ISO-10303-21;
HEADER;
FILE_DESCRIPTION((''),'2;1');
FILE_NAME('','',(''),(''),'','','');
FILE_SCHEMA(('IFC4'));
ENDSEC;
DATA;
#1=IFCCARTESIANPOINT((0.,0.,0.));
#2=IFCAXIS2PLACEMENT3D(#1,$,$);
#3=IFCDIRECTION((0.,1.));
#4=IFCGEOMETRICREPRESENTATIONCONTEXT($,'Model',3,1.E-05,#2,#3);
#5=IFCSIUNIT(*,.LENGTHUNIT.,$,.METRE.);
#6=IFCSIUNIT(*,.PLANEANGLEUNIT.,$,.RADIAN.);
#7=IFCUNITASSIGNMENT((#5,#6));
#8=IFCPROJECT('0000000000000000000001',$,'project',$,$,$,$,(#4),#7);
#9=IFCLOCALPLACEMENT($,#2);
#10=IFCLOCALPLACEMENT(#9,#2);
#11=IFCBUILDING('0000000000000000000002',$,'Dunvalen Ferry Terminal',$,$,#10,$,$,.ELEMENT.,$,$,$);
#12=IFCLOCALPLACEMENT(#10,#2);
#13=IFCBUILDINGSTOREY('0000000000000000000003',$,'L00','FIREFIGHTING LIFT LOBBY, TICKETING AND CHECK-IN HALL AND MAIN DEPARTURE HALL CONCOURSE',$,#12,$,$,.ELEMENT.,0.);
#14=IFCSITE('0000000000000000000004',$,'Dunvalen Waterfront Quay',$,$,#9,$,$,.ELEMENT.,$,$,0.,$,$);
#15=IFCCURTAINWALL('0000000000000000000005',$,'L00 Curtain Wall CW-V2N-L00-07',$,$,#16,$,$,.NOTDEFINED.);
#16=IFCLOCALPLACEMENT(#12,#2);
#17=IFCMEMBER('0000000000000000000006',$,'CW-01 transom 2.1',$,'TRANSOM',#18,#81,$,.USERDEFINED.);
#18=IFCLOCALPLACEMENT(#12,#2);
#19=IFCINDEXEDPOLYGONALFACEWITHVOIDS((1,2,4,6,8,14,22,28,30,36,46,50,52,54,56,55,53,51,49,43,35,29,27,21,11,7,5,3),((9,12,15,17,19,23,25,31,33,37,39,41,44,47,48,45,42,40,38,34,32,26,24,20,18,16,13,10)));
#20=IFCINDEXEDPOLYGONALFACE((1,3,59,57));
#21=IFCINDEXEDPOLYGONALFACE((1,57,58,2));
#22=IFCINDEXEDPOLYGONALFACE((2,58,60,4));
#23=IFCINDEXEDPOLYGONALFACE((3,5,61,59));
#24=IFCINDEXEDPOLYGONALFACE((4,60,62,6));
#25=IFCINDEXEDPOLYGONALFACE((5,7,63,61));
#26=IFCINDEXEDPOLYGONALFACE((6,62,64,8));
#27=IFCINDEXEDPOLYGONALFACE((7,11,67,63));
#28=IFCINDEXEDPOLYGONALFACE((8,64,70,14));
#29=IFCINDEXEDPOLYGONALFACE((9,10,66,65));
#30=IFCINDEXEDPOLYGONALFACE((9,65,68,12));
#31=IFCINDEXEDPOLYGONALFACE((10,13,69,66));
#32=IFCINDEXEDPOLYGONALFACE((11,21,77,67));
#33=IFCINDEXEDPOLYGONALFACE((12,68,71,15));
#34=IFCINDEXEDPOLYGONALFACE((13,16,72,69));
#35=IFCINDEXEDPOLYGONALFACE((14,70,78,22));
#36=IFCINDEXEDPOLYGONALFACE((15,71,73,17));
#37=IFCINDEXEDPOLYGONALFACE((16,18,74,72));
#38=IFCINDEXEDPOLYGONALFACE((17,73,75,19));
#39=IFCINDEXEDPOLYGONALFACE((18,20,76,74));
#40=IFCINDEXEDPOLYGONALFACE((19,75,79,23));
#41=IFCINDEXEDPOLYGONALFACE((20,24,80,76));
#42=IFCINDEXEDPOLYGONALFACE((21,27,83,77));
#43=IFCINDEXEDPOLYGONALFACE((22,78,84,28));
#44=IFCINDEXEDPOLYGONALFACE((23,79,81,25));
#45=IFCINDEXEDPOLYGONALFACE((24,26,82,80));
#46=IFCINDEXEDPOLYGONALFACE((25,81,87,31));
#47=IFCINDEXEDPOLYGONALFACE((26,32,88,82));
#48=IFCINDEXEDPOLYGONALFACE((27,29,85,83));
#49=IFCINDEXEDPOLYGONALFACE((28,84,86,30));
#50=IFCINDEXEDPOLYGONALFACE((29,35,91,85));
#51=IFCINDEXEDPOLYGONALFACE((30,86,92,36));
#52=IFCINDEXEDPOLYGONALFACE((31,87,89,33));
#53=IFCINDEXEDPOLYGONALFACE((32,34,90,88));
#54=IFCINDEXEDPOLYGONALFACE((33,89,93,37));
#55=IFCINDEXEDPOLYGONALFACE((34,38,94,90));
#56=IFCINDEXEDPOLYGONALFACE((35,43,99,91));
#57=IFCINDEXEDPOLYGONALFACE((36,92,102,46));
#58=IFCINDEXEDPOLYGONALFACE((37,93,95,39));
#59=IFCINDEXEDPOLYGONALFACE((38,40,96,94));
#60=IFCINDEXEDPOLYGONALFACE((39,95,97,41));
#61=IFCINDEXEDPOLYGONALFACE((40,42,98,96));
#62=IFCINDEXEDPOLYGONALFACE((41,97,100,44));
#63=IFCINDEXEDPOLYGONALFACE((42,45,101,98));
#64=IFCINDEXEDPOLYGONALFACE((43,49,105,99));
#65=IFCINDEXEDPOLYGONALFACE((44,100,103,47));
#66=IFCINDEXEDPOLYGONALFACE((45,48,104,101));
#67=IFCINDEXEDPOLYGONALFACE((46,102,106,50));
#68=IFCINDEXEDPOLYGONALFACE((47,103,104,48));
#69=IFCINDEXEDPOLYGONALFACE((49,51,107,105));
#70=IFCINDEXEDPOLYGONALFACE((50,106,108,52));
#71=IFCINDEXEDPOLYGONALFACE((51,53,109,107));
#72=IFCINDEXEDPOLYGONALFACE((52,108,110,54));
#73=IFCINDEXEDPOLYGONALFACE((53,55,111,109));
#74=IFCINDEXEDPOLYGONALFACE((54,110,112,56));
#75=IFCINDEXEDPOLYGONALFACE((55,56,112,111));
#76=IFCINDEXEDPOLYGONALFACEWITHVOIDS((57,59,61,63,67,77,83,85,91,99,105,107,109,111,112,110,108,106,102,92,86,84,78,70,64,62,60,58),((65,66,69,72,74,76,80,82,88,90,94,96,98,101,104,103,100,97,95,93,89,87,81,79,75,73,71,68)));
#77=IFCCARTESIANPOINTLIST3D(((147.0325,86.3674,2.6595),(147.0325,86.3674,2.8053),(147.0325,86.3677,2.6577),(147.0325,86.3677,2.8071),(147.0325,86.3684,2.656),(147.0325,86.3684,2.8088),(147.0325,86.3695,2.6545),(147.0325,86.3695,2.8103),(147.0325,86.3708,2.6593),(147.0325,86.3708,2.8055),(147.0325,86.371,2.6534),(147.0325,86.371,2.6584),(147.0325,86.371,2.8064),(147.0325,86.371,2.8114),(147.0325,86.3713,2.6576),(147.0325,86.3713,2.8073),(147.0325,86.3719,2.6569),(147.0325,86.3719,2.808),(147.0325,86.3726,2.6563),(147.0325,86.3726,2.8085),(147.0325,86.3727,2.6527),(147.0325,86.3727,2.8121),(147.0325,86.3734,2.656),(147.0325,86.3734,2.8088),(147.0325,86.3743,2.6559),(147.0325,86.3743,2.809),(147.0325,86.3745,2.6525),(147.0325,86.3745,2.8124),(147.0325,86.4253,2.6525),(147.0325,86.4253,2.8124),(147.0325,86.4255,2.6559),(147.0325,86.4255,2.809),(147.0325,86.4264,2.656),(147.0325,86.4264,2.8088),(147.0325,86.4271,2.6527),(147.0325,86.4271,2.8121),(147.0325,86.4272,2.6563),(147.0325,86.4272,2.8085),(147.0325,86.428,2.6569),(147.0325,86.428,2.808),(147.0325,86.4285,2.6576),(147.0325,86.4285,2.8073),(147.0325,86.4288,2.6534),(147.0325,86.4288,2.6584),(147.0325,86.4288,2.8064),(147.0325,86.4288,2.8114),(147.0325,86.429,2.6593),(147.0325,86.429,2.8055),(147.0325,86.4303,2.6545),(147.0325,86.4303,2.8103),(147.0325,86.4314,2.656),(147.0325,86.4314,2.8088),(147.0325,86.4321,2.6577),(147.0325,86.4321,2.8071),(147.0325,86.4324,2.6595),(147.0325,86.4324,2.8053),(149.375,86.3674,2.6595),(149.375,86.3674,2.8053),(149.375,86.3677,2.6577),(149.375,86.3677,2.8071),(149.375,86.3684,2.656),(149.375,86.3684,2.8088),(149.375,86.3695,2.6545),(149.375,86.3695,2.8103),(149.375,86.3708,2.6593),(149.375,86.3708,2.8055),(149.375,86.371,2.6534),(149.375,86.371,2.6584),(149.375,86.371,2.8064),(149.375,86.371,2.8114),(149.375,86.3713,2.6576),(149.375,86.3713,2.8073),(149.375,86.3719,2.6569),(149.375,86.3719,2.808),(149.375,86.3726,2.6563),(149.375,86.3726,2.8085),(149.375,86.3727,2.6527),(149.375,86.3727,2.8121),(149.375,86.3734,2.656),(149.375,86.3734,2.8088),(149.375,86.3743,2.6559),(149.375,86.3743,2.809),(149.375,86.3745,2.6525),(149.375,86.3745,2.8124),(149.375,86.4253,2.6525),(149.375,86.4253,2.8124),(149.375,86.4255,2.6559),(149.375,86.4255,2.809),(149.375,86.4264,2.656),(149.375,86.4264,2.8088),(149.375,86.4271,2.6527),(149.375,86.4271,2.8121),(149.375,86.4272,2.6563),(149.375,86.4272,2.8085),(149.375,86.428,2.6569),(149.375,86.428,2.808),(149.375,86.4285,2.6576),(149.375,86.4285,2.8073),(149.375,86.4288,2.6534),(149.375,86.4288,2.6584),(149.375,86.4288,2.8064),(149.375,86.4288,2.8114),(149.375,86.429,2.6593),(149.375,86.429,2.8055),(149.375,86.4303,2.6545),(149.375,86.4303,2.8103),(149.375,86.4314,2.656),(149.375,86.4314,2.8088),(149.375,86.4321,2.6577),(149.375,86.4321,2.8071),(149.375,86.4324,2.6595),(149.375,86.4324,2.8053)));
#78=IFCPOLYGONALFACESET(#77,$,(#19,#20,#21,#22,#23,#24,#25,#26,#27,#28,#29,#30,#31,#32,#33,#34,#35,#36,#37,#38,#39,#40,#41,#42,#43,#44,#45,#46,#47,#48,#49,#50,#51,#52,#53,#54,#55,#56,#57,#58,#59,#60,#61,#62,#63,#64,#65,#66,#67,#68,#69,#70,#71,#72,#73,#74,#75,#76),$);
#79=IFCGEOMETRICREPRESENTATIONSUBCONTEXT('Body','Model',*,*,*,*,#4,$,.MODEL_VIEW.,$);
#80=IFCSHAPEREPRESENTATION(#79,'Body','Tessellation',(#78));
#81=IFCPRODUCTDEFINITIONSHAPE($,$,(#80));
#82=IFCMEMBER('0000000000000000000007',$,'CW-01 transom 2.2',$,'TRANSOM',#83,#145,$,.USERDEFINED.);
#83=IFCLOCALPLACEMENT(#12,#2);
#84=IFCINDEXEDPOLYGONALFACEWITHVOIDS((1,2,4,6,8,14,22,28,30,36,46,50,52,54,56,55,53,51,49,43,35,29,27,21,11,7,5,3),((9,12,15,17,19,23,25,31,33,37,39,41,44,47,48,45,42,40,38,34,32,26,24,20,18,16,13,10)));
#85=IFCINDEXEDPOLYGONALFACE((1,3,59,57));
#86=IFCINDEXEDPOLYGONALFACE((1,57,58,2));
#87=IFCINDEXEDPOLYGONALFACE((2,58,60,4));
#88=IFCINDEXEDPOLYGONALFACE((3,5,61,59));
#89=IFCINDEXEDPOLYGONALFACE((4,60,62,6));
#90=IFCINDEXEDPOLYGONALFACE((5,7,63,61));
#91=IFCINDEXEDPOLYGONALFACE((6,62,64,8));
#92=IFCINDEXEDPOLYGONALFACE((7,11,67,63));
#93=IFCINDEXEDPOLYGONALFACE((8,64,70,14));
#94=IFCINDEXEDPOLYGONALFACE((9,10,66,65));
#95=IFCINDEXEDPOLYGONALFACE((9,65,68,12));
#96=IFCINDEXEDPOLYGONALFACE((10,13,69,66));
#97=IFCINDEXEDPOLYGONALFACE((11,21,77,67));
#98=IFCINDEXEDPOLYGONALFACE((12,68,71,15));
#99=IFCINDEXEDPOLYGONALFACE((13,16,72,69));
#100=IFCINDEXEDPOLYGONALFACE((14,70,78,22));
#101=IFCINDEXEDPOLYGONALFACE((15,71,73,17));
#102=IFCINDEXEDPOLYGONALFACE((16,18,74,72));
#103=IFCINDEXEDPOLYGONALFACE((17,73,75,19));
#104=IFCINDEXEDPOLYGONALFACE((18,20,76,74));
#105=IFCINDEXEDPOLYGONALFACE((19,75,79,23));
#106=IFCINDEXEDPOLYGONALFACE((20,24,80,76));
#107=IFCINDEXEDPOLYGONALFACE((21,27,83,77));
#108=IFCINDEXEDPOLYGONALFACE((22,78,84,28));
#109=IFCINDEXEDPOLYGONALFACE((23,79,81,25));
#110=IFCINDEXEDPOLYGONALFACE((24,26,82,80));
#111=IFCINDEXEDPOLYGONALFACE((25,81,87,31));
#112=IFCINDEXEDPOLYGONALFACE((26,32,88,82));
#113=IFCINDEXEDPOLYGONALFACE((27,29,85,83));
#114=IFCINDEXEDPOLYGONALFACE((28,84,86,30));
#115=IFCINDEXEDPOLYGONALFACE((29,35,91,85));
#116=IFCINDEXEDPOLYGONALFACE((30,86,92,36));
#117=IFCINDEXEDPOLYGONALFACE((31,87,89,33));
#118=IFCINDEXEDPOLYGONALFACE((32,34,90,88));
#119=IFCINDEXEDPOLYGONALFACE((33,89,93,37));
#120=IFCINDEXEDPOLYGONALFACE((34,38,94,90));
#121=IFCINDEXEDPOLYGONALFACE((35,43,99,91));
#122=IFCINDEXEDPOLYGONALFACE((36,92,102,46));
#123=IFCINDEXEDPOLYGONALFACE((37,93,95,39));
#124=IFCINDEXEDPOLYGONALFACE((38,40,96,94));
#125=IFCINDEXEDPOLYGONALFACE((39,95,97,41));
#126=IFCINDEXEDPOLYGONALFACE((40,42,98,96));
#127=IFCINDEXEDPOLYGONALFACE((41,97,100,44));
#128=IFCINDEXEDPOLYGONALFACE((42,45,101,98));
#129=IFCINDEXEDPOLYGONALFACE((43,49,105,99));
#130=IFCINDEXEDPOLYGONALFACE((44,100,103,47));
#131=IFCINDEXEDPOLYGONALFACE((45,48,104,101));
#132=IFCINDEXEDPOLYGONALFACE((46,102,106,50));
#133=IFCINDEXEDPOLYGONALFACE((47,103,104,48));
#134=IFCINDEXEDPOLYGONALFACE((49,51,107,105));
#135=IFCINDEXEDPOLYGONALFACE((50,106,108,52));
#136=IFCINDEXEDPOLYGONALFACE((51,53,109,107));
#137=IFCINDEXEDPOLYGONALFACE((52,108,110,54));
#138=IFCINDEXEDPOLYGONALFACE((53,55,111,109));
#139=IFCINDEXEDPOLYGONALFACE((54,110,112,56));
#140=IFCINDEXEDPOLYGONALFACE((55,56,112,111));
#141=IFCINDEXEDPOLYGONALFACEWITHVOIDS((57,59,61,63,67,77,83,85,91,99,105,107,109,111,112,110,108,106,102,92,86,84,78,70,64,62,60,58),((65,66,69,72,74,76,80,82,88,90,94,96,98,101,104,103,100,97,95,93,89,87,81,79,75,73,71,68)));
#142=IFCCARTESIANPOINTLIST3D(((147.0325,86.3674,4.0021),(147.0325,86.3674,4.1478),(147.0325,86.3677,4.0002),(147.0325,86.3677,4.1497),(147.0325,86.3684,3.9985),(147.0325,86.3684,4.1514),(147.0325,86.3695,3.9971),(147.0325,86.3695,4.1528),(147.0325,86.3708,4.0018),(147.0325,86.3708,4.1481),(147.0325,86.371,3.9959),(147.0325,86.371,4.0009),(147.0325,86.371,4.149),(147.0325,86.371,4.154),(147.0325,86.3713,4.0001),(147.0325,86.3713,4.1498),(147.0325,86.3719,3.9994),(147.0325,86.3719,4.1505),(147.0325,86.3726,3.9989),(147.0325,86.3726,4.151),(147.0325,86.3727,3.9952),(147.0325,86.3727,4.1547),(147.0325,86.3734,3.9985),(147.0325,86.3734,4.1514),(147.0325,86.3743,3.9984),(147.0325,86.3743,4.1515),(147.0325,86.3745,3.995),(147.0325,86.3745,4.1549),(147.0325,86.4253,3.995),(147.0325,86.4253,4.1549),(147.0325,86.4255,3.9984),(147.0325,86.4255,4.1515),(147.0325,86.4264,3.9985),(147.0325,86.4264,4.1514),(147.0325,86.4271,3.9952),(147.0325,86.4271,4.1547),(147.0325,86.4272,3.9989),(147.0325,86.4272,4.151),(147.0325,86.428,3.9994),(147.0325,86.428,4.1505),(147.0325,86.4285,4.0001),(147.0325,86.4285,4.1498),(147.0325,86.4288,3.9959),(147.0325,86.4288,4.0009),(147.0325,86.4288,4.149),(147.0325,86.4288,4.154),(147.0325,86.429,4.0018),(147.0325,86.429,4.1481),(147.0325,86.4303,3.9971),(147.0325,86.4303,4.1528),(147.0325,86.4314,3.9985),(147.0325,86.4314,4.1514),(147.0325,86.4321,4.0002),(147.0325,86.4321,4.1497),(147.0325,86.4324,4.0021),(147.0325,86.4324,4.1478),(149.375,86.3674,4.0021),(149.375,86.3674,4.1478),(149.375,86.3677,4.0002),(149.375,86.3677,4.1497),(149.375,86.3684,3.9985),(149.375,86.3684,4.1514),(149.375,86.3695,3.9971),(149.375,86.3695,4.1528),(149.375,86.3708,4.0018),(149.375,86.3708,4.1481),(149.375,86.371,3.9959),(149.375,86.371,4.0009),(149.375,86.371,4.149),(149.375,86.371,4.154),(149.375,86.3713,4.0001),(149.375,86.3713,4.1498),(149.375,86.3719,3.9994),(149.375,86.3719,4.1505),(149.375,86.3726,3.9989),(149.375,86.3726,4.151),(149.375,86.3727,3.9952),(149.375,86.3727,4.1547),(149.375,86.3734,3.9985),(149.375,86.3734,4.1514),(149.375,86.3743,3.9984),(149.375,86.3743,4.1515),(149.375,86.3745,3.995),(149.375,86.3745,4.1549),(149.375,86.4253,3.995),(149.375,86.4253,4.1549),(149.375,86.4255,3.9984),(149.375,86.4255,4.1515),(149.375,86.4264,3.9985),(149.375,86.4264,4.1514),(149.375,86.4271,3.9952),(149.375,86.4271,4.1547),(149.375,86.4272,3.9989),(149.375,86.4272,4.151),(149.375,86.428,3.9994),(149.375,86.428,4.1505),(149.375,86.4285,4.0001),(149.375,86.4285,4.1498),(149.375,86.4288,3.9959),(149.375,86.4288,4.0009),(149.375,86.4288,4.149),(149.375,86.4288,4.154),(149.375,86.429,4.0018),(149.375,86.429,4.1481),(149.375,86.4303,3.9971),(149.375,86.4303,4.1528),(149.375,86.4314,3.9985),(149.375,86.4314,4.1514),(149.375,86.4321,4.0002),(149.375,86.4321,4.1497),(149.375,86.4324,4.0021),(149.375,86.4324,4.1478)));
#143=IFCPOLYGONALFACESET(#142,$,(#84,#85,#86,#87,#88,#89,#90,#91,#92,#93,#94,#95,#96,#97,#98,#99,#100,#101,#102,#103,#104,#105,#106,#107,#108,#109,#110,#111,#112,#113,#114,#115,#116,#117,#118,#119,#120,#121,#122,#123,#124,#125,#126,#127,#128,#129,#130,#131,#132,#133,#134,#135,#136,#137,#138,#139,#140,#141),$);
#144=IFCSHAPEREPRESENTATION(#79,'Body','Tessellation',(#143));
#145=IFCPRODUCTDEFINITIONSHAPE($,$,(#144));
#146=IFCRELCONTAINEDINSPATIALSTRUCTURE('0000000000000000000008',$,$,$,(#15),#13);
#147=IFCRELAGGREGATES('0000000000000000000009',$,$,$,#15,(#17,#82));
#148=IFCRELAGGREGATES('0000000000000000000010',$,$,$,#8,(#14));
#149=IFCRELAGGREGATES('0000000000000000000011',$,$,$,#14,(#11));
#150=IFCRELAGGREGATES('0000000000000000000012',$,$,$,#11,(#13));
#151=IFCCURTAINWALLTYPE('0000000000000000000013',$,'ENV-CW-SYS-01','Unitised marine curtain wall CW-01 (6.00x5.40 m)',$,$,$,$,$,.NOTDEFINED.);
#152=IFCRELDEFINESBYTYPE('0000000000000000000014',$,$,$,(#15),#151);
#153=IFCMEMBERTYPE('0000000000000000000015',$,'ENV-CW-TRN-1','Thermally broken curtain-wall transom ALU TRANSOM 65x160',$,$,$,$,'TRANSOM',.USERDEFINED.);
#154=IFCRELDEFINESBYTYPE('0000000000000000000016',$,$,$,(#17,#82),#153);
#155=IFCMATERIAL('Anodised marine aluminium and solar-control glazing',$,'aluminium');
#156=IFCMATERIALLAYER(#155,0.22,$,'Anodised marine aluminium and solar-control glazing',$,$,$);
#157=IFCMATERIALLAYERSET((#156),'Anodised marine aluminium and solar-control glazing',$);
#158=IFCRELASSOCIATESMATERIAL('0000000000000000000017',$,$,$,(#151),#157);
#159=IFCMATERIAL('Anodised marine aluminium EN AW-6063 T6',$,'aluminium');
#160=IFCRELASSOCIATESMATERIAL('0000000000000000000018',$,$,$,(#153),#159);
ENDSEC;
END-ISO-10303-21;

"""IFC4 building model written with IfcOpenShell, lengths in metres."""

from ifc_helpers import new_model, si_unit, direction, frame, origin, origin_2d, place, context, subcontext, project, spatial, hollow_rectangle, extrude, material, layer, layer_set, material_profile, profile_set, type_object, element, aggregate, save


model = new_model("IFC4")

# Units and contexts
model_context = context("Model", 3, precision=1e-05, world=origin(), true_north=direction((0.0, 1.0)))
body_context = subcontext(model_context, "Body", "Model", "MODEL_VIEW")
ifc_project = project(units=[si_unit("LENGTHUNIT", "METRE"), si_unit("PLANEANGLEUNIT", "RADIAN")], contexts=[model_context])

# Site, building, storey
site_placement = place(None, origin())
site = spatial("IfcSite", under=ifc_project, at=site_placement, Name="Dunvalen Waterfront Quay", CompositionType="ELEMENT", RefElevation=0.0)
building_placement = place(site_placement, origin())
building = spatial("IfcBuilding", under=site, at=building_placement, Name="Dunvalen Ferry Terminal", CompositionType="ELEMENT")
storey_placement = place(building_placement, origin())
storey = spatial("IfcBuildingStorey", under=building, at=storey_placement, Name="L00", Description="FIREFIGHTING LIFT LOBBY, TICKETING AND CHECK-IN HALL AND MAIN DEPARTURE HALL CONCOURSE", CompositionType="ELEMENT", Elevation=0.0)

# Curtain wall
ifc_material_1 = material(Name="Anodised marine aluminium and solar-control glazing", Category="aluminium")
ifc_layer_1 = layer(ifc_material_1, 0.22, Name="Anodised marine aluminium and solar-control glazing")
ifc_layer_set_1 = layer_set([ifc_layer_1], Name="Anodised marine aluminium and solar-control glazing")
curtain_wall_type = type_object("IfcCurtainWallType", Name="ENV-CW-SYS-01", Description="Unitised marine curtain wall CW-01 (6.00x5.40 m)", PredefinedType="NOTDEFINED", material=ifc_layer_set_1)
curtain_wall_1_placement = place(storey_placement, origin())
curtain_wall_1 = element("IfcCurtainWall", 1, at=curtain_wall_1_placement, inside=storey, type_object=curtain_wall_type, Name="L00 Curtain Wall CW-V2N-L00-07", PredefinedType="NOTDEFINED")
ifc_material_2 = material(Name="Anodised marine aluminium EN AW-6063 T6", Category="aluminium")

# Members
ifc_material_profile_1 = material_profile(ifc_material_2, hollow_rectangle(XDim=0.0649, YDim=0.1599, WallThickness=0.0034, InnerFilletRadius=0.0034, OuterFilletRadius=0.0071, at=origin_2d()), Name="Anodised marine aluminium EN AW-6063 T6")
ifc_profile_set_1 = profile_set([ifc_material_profile_1], Name="Anodised marine aluminium EN AW-6063 T6")
member_type_1 = type_object("IfcMemberType", Name="ENV-CW-TRN-1", Description="Thermally broken curtain-wall transom ALU TRANSOM 65x160", ElementType="TRANSOM", PredefinedType="USERDEFINED", material=ifc_profile_set_1)
member_1_placement = place(storey_placement, frame((147.0325, 86.3999, 2.7324), z_axis=(1.0, 0.0, 0.0), x_axis=(0.0, 1.0, 0.0)))
member_1 = element("IfcMember", 2, at=member_1_placement, type_object=member_type_1, Name="CW-01 transom 2.1", ObjectType="TRANSOM", PredefinedType="USERDEFINED", context=body_context, shape_type="SweptSolid", body=[
    extrude(hollow_rectangle(XDim=0.0649, YDim=0.1599, WallThickness=0.0034, InnerFilletRadius=0.0034, OuterFilletRadius=0.0071, at=origin_2d()), origin(), (0.0, 0.0, 1.0), 2.3425),
])
member_2_placement = place(storey_placement, frame((147.0325, 86.3999, 4.075), z_axis=(1.0, 0.0, 0.0), x_axis=(0.0, 1.0, 0.0)))
member_2 = element("IfcMember", 3, at=member_2_placement, type_object=member_type_1, Name="CW-01 transom 2.2", ObjectType="TRANSOM", PredefinedType="USERDEFINED", context=body_context, shape_type="SweptSolid", body=[
    extrude(hollow_rectangle(XDim=0.0649, YDim=0.1599, WallThickness=0.0034, InnerFilletRadius=0.0034, OuterFilletRadius=0.0071, at=origin_2d()), origin(), (0.0, 0.0, 1.0), 2.3425),
])

aggregate(curtain_wall_1, [member_1, member_2])

save(model, "model.ifc")
